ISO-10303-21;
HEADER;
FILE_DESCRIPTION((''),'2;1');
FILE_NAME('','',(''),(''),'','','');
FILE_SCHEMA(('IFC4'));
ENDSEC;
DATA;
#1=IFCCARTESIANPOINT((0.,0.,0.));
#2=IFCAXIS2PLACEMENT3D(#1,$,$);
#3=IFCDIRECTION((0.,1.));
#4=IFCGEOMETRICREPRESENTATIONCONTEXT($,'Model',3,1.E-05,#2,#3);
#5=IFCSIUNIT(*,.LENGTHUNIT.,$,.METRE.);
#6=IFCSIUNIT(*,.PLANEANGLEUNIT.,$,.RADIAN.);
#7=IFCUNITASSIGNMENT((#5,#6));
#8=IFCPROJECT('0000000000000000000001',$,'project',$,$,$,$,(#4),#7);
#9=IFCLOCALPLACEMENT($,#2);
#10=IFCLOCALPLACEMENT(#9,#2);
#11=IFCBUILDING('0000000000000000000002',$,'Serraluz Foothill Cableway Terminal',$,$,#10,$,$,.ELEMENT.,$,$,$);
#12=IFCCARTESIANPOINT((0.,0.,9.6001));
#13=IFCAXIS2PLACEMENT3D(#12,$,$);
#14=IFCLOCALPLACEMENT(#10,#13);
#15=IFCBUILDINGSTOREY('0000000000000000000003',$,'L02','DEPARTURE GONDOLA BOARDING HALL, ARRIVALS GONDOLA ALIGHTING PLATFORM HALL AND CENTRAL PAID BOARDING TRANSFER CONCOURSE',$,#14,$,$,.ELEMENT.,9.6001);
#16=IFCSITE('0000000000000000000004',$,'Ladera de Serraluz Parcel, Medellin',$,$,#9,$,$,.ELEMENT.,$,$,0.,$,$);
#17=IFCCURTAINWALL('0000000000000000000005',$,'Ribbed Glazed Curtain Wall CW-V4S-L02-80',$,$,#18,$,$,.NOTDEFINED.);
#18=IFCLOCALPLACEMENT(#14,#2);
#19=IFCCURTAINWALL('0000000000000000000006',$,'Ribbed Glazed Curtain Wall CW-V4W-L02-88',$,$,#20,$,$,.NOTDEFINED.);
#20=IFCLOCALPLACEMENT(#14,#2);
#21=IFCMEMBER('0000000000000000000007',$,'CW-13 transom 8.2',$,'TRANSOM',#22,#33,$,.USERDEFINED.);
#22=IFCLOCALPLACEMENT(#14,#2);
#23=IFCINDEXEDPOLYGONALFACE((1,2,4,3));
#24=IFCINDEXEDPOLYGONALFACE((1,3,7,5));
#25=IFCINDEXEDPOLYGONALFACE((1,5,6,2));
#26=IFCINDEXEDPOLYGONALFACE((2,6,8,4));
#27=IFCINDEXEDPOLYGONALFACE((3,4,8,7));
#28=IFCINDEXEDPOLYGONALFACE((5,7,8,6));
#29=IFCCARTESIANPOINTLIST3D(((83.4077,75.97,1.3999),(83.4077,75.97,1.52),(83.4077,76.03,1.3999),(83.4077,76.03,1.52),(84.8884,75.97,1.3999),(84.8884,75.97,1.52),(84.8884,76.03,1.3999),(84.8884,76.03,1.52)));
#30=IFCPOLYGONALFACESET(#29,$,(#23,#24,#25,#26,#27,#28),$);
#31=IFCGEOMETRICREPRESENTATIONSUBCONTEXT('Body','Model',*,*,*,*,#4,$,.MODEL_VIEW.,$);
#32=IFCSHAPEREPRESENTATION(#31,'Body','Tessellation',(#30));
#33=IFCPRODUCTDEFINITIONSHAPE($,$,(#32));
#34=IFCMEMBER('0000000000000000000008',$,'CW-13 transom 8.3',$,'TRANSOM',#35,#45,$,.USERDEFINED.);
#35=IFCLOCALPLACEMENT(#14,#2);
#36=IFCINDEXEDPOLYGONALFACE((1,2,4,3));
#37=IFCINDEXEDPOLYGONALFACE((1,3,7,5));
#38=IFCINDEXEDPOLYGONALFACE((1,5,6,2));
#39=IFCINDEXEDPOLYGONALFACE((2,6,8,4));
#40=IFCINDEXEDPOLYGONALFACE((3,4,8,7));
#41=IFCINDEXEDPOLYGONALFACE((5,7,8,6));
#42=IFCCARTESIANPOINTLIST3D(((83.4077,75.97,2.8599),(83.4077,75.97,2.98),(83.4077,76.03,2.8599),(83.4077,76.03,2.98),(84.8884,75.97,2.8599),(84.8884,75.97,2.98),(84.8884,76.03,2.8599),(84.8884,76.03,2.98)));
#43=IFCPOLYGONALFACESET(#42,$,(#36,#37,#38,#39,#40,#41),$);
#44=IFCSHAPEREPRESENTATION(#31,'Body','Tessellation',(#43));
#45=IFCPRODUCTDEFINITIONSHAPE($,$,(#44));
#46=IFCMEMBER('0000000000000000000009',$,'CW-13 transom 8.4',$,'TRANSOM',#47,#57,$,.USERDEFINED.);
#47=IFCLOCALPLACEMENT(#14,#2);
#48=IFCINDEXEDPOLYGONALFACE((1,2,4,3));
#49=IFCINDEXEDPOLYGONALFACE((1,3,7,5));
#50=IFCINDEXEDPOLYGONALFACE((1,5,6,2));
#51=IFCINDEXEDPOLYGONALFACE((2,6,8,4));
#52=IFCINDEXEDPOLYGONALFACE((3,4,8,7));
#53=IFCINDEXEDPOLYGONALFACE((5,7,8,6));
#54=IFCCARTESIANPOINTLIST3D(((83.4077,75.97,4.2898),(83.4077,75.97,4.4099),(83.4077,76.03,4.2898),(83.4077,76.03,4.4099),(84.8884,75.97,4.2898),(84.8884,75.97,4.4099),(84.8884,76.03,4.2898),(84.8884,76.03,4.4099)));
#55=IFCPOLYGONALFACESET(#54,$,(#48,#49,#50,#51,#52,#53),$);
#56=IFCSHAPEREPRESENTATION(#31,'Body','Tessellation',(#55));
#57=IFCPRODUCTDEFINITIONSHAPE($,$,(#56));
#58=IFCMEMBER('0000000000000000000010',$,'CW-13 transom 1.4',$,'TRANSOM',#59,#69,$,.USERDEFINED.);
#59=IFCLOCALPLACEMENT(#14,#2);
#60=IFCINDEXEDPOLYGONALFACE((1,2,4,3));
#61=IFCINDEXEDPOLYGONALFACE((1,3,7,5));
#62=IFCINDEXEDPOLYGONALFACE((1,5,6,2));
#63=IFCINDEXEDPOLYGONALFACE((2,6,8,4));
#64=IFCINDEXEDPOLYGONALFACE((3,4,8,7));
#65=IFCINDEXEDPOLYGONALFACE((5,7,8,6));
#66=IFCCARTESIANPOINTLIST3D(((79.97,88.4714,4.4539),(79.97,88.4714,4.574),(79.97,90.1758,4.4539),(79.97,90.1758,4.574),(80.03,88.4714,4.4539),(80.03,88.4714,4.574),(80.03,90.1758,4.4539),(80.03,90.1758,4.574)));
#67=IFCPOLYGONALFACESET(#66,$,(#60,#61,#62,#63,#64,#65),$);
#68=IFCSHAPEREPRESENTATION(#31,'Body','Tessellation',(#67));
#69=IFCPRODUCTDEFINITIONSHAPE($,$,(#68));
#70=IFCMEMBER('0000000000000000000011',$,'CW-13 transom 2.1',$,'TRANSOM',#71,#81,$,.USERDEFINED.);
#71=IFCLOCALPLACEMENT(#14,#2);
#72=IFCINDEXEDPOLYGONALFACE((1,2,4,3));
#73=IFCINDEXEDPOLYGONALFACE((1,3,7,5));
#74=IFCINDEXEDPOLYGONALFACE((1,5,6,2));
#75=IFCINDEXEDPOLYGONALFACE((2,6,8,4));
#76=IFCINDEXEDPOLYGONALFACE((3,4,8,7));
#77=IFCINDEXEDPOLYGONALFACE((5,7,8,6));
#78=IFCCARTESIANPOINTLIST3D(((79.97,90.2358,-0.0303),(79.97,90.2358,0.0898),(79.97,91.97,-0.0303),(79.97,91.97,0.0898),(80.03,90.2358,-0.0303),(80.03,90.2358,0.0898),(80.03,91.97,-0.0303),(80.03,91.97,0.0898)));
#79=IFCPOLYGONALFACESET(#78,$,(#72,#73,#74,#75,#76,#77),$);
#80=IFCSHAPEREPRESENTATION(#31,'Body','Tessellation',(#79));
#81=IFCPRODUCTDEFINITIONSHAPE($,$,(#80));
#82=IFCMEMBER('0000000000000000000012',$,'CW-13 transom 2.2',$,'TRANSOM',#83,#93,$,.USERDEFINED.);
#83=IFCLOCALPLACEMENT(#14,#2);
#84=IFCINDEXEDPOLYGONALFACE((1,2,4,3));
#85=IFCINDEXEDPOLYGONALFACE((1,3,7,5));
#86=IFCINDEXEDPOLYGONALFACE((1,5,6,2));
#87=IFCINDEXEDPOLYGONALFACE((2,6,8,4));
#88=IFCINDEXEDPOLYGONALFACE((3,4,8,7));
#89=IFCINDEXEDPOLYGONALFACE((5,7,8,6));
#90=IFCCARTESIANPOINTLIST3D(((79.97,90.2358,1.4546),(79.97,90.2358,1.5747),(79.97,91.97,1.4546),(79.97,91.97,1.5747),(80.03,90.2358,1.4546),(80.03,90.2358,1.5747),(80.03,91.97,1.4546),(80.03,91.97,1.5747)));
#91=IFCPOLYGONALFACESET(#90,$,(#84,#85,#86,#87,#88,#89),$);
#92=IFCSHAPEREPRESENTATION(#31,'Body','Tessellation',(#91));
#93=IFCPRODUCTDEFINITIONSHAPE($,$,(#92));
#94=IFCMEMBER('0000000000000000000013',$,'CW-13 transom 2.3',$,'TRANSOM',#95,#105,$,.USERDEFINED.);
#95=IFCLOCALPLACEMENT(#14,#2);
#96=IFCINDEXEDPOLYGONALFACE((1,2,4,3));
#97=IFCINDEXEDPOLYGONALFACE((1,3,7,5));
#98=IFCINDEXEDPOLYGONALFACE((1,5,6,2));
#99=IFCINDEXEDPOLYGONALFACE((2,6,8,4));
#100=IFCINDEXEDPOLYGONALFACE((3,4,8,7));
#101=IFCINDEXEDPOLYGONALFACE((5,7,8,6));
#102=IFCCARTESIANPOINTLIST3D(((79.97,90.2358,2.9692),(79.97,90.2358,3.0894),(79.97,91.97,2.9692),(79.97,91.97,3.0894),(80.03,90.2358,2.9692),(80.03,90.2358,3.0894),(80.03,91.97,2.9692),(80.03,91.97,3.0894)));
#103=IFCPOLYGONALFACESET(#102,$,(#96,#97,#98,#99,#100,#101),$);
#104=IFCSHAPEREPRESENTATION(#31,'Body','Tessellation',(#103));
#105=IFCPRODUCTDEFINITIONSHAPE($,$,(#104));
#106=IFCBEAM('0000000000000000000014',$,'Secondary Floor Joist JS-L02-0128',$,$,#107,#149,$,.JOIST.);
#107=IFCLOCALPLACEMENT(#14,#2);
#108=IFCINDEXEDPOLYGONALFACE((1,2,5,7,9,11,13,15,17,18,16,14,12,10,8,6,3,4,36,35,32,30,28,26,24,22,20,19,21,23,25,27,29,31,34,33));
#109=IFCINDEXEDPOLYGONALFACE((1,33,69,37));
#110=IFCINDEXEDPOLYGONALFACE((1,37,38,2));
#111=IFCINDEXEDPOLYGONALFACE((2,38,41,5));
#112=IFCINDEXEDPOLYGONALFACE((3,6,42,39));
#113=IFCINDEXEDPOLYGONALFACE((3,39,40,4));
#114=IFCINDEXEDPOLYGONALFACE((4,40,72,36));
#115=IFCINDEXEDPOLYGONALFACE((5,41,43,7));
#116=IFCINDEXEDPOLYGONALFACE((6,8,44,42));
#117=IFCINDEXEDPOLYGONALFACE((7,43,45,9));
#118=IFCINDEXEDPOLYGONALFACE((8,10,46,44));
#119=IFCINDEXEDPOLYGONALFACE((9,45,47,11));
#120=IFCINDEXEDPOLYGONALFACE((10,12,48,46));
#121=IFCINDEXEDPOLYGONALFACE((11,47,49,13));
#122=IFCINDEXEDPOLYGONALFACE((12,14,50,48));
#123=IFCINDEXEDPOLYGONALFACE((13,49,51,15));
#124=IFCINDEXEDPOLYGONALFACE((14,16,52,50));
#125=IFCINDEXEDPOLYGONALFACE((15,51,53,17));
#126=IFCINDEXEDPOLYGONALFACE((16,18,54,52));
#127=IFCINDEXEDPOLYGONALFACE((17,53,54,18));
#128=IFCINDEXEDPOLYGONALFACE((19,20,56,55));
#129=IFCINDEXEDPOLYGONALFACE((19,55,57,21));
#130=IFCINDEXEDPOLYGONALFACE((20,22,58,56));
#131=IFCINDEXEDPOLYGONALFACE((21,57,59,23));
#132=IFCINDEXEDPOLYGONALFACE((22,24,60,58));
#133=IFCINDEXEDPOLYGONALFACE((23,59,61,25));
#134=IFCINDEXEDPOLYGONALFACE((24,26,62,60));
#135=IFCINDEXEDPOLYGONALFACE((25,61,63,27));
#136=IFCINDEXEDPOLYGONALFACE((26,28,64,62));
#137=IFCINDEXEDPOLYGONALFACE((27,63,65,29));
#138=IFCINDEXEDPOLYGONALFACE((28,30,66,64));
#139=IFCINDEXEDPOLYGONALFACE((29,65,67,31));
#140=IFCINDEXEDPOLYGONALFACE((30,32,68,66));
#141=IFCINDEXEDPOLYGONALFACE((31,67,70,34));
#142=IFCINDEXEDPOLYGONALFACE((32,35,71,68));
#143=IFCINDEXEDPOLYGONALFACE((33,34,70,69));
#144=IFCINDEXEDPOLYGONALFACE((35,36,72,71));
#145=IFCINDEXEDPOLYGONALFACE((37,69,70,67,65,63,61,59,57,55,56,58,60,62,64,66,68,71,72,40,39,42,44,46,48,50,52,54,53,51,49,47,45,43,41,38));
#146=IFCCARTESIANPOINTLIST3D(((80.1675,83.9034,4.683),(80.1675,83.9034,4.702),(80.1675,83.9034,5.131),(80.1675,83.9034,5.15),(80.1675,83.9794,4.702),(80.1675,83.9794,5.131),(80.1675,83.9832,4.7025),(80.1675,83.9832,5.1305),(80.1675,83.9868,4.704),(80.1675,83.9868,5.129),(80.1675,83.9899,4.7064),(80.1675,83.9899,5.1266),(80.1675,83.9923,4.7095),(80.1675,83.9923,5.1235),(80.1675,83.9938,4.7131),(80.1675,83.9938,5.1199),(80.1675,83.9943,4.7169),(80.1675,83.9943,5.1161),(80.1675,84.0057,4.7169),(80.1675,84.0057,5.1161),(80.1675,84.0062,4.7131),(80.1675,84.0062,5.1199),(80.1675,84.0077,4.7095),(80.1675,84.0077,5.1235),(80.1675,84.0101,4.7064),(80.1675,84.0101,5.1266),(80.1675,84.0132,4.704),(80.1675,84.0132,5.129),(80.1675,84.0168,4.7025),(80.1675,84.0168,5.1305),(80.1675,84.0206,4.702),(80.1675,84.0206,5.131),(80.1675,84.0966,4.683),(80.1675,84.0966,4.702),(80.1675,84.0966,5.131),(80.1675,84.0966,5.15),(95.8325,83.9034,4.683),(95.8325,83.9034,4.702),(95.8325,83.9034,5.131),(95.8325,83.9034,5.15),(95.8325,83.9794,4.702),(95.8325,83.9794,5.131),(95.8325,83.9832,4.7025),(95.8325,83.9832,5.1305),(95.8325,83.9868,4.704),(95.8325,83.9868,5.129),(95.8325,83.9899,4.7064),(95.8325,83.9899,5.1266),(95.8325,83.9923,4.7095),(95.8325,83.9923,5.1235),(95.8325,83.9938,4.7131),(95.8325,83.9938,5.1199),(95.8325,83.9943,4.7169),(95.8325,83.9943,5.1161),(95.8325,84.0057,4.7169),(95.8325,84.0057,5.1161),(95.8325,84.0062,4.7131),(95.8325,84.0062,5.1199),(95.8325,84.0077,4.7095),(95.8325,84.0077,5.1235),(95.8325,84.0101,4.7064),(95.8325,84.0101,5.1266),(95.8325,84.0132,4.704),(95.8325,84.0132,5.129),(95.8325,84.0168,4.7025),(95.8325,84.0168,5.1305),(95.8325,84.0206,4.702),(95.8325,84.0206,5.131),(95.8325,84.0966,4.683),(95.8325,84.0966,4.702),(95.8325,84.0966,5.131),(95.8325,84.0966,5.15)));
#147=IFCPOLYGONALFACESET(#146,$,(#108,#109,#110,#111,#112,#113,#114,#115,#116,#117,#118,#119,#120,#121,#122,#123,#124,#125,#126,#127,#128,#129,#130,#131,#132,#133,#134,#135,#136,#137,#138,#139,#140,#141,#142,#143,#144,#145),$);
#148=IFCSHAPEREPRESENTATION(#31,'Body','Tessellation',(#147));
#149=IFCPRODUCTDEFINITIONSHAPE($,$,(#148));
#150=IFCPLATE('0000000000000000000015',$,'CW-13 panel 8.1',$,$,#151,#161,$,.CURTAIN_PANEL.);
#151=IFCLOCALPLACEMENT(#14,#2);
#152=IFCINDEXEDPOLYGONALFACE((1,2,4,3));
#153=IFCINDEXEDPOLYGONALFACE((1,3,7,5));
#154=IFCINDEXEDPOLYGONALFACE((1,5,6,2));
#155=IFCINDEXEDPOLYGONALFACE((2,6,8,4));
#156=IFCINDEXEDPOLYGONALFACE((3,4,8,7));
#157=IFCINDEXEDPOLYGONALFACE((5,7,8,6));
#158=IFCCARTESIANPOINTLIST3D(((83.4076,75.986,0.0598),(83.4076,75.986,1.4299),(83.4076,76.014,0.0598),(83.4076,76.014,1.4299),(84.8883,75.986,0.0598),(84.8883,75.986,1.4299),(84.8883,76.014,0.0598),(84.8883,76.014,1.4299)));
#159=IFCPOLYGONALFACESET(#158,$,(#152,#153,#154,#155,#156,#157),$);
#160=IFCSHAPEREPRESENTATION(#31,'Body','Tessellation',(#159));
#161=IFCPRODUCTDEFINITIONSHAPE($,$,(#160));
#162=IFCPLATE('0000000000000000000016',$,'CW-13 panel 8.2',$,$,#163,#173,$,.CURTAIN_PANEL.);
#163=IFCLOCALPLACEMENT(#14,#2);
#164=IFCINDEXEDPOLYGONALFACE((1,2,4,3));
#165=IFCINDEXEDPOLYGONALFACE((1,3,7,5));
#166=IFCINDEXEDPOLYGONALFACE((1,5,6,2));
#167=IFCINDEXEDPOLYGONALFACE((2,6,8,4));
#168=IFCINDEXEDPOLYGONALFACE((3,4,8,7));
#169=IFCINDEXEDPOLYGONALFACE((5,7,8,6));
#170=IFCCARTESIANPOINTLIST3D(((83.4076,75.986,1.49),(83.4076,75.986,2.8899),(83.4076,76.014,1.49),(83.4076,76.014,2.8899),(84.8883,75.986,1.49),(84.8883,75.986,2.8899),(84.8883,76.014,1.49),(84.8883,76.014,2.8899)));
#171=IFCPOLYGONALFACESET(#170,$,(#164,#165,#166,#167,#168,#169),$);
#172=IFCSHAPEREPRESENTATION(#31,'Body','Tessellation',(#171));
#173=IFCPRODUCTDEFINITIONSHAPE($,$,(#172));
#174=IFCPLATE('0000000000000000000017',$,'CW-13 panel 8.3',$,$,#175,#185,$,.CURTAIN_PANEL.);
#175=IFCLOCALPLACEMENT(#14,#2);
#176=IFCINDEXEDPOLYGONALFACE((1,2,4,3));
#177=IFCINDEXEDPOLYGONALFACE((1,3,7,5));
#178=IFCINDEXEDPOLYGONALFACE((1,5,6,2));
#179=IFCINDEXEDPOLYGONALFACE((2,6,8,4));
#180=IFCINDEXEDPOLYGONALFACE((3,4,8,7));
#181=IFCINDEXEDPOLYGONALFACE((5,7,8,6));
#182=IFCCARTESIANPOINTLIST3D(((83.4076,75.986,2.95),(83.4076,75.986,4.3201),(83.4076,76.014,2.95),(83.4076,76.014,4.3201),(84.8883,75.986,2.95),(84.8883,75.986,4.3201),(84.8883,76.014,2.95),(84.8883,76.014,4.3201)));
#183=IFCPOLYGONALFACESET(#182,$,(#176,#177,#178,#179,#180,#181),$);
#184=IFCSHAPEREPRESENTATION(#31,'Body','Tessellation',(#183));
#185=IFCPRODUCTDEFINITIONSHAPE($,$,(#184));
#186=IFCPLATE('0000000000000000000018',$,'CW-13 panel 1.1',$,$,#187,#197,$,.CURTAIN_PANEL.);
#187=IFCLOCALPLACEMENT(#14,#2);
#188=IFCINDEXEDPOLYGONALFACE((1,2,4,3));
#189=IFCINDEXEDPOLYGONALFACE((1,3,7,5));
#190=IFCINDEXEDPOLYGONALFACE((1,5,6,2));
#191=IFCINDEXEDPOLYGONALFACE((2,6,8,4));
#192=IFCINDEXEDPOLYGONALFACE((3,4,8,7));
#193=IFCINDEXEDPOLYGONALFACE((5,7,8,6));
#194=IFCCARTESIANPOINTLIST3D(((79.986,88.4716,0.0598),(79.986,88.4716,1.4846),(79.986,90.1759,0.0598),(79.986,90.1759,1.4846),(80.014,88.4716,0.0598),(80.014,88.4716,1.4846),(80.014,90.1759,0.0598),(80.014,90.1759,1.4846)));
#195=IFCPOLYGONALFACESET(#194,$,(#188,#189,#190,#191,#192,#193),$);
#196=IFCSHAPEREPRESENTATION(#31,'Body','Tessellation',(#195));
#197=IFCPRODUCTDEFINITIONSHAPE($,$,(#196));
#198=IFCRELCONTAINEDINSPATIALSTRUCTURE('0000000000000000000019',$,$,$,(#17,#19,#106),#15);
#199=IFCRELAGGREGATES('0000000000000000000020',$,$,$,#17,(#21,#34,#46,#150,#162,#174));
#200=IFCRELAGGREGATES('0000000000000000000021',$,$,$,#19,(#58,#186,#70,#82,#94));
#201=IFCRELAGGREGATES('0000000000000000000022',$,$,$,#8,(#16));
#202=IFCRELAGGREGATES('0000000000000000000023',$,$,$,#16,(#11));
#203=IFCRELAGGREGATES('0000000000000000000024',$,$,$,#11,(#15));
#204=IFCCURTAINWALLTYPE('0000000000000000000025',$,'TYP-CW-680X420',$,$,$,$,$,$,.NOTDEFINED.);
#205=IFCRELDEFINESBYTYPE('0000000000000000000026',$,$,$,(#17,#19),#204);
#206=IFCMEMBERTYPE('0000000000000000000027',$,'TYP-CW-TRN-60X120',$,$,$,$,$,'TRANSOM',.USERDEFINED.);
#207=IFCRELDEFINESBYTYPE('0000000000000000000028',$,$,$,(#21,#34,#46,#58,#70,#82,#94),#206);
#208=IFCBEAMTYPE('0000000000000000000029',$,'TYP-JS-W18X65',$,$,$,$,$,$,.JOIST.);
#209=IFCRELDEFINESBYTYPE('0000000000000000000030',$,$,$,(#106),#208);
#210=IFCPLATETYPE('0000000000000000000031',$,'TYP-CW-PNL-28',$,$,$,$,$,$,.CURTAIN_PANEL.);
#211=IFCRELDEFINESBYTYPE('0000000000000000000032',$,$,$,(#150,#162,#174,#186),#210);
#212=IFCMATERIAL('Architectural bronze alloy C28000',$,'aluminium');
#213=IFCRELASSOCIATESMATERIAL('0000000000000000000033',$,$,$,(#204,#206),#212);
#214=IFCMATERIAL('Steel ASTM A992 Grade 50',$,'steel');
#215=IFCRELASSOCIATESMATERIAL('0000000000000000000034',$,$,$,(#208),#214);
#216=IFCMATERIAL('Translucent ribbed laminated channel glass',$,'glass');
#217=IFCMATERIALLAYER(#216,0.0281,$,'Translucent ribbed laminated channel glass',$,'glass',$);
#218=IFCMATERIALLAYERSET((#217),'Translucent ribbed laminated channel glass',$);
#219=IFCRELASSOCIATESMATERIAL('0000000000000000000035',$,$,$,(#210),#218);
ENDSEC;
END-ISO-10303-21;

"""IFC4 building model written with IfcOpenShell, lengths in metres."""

from ifc_helpers import new_model, si_unit, direction, frame, origin, origin_2d, place, context, subcontext, project, spatial, rectangle, i_section, extrude, material, layer, layer_set, material_profile, profile_set, type_object, element, aggregate, save


model = new_model("IFC4")

# Units and contexts
model_context = context("Model", 3, precision=1e-05, world=origin(), true_north=direction((0.0, 1.0)))
body_context = subcontext(model_context, "Body", "Model", "MODEL_VIEW")
ifc_project = project(units=[si_unit("LENGTHUNIT", "METRE"), si_unit("PLANEANGLEUNIT", "RADIAN")], contexts=[model_context])

# Site, building, storey
site_placement = place(None, origin())
site = spatial("IfcSite", under=ifc_project, at=site_placement, Name="Ladera de Serraluz Parcel, Medellin", CompositionType="ELEMENT", RefElevation=0.0)
building_placement = place(site_placement, origin())
building = spatial("IfcBuilding", under=site, at=building_placement, Name="Serraluz Foothill Cableway Terminal", CompositionType="ELEMENT")
storey_placement = place(building_placement, frame((0.0, 0.0, 9.6001)))
storey = spatial("IfcBuildingStorey", under=building, at=storey_placement, Name="L02", Description="DEPARTURE GONDOLA BOARDING HALL, ARRIVALS GONDOLA ALIGHTING PLATFORM HALL AND CENTRAL PAID BOARDING TRANSFER CONCOURSE", CompositionType="ELEMENT", Elevation=9.6001)

# Shared definitions
ifc_material_1 = material(Name="Steel ASTM A992 Grade 50", Category="steel")

# Curtain walls
ifc_material_2 = material(Name="Architectural bronze alloy C28000", Category="aluminium")
curtain_wall_type = type_object("IfcCurtainWallType", Name="TYP-CW-680X420", PredefinedType="NOTDEFINED", material=ifc_material_2)
curtain_wall_1_placement = place(storey_placement, origin())
curtain_wall_1 = element("IfcCurtainWall", 1, at=curtain_wall_1_placement, inside=storey, type_object=curtain_wall_type, Name="Ribbed Glazed Curtain Wall CW-V4S-L02-80", PredefinedType="NOTDEFINED")
curtain_wall_2_placement = place(storey_placement, origin())
curtain_wall_2 = element("IfcCurtainWall", 2, at=curtain_wall_2_placement, inside=storey, type_object=curtain_wall_type, Name="Ribbed Glazed Curtain Wall CW-V4W-L02-88", PredefinedType="NOTDEFINED")

# Members
ifc_material_profile_1 = material_profile(ifc_material_2, rectangle(XDim=0.0601, YDim=0.1201, at=origin_2d()), Name="ALU TRANSOM 60x120")
ifc_profile_set_1 = profile_set([ifc_material_profile_1], Name="Architectural bronze alloy C28000")
member_type_1 = type_object("IfcMemberType", Name="TYP-CW-TRN-60X120", ElementType="TRANSOM", PredefinedType="USERDEFINED", material=ifc_profile_set_1)
member_1_placement = place(storey_placement, frame((84.8884, 76.0, 1.46), z_axis=(-1.0, 0.0, 0.0), x_axis=(0.0, -1.0, 0.0)))
member_1 = element("IfcMember", 3, at=member_1_placement, type_object=member_type_1, Name="CW-13 transom 8.2", ObjectType="TRANSOM", PredefinedType="USERDEFINED", context=body_context, shape_type="SweptSolid", body=[
    extrude(rectangle(XDim=0.0601, YDim=0.1201, at=origin_2d()), origin(), (0.0, 0.0, 1.0), 1.4807),
])
member_2_placement = place(storey_placement, frame((84.8884, 76.0, 2.9199), z_axis=(-1.0, 0.0, 0.0), x_axis=(0.0, -1.0, 0.0)))
member_2 = element("IfcMember", 4, at=member_2_placement, type_object=member_type_1, Name="CW-13 transom 8.3", ObjectType="TRANSOM", PredefinedType="USERDEFINED", context=body_context, shape_type="SweptSolid", body=[
    extrude(rectangle(XDim=0.0601, YDim=0.1201, at=origin_2d()), origin(), (0.0, 0.0, 1.0), 1.4807),
])
member_3_placement = place(storey_placement, frame((84.8884, 76.0, 4.3499), z_axis=(-1.0, 0.0, 0.0), x_axis=(0.0, -1.0, 0.0)))
member_3 = element("IfcMember", 5, at=member_3_placement, type_object=member_type_1, Name="CW-13 transom 8.4", ObjectType="TRANSOM", PredefinedType="USERDEFINED", context=body_context, shape_type="SweptSolid", body=[
    extrude(rectangle(XDim=0.0601, YDim=0.1201, at=origin_2d()), origin(), (0.0, 0.0, 1.0), 1.4807),
])
member_4_placement = place(storey_placement, frame((80.0, 88.4714, 4.5139), z_axis=(0.0, 1.0, 0.0), x_axis=(-1.0, 0.0, 0.0)))
member_4 = element("IfcMember", 6, at=member_4_placement, type_object=member_type_1, Name="CW-13 transom 1.4", ObjectType="TRANSOM", PredefinedType="USERDEFINED", context=body_context, shape_type="SweptSolid", body=[
    extrude(rectangle(XDim=0.0601, YDim=0.1201, at=origin_2d()), origin(), (0.0, 0.0, 1.0), 1.7043),
])
member_5_placement = place(storey_placement, frame((80.0, 90.2358, 0.0298), z_axis=(0.0, 1.0, 0.0), x_axis=(-1.0, 0.0, 0.0)))
member_5 = element("IfcMember", 7, at=member_5_placement, type_object=member_type_1, Name="CW-13 transom 2.1", ObjectType="TRANSOM", PredefinedType="USERDEFINED", context=body_context, shape_type="SweptSolid", body=[
    extrude(rectangle(XDim=0.0601, YDim=0.1201, at=origin_2d()), origin(), (0.0, 0.0, 1.0), 1.7341),
])
member_6_placement = place(storey_placement, frame((80.0, 90.2358, 1.5146), z_axis=(0.0, 1.0, 0.0), x_axis=(-1.0, 0.0, 0.0)))
member_6 = element("IfcMember", 8, at=member_6_placement, type_object=member_type_1, Name="CW-13 transom 2.2", ObjectType="TRANSOM", PredefinedType="USERDEFINED", context=body_context, shape_type="SweptSolid", body=[
    extrude(rectangle(XDim=0.0601, YDim=0.1201, at=origin_2d()), origin(), (0.0, 0.0, 1.0), 1.7341),
])
member_7_placement = place(storey_placement, frame((80.0, 90.2358, 3.0293), z_axis=(0.0, 1.0, 0.0), x_axis=(-1.0, 0.0, 0.0)))
member_7 = element("IfcMember", 9, at=member_7_placement, type_object=member_type_1, Name="CW-13 transom 2.3", ObjectType="TRANSOM", PredefinedType="USERDEFINED", context=body_context, shape_type="SweptSolid", body=[
    extrude(rectangle(XDim=0.0601, YDim=0.1201, at=origin_2d()), origin(), (0.0, 0.0, 1.0), 1.7341),
])

# Beam
ifc_material_profile_2 = material_profile(ifc_material_1, i_section(OverallWidth=0.1931, OverallDepth=0.467, WebThickness=0.0115, FlangeThickness=0.019, FilletRadius=0.0149, at=origin_2d()), Name="W18X65")
ifc_profile_set_2 = profile_set([ifc_material_profile_2], Name="Steel ASTM A992 Grade 50")
beam_type_1 = type_object("IfcBeamType", Name="TYP-JS-W18X65", PredefinedType="JOIST", material=ifc_profile_set_2)
beam_1_placement = place(storey_placement, frame((80.1675, 84.0, 4.9165), z_axis=(1.0, 0.0, 0.0), x_axis=(0.0, 1.0, 0.0)))
element("IfcBeam", 10, at=beam_1_placement, inside=storey, type_object=beam_type_1, Name="Secondary Floor Joist JS-L02-0128", PredefinedType="JOIST", context=body_context, shape_type="SweptSolid", body=[
    extrude(i_section(OverallWidth=0.1931, OverallDepth=0.467, WebThickness=0.0115, FlangeThickness=0.019, FilletRadius=0.0149, at=origin_2d()), origin(), (0.0, 0.0, 1.0), 15.665),
])

# Plates
ifc_material_3 = material(Name="Translucent ribbed laminated channel glass", Category="glass")
ifc_layer_1 = layer(ifc_material_3, 0.0281, Name="Translucent ribbed laminated channel glass", Category="glass")
ifc_layer_set_1 = layer_set([ifc_layer_1], Name="Translucent ribbed laminated channel glass")
plate_type = type_object("IfcPlateType", Name="TYP-CW-PNL-28", PredefinedType="CURTAIN_PANEL", material=ifc_layer_set_1)
plate_1_placement = place(storey_placement, frame((84.1479, 76.0, 0.0598), z_axis=(0.0, 0.0, 1.0), x_axis=(-1.0, 0.0, 0.0)))
plate_1 = element("IfcPlate", 11, at=plate_1_placement, type_object=plate_type, Name="CW-13 panel 8.1", PredefinedType="CURTAIN_PANEL", context=body_context, shape_type="SweptSolid", body=[
    extrude(rectangle(XDim=1.4807, YDim=0.0281, at=origin_2d()), origin(), (0.0, 0.0, 1.0), 1.3701),
])
plate_2_placement = place(storey_placement, frame((84.1479, 76.0, 1.49), z_axis=(0.0, 0.0, 1.0), x_axis=(-1.0, 0.0, 0.0)))
plate_2 = element("IfcPlate", 12, at=plate_2_placement, type_object=plate_type, Name="CW-13 panel 8.2", PredefinedType="CURTAIN_PANEL", context=body_context, shape_type="SweptSolid", body=[
    extrude(rectangle(XDim=1.4807, YDim=0.0281, at=origin_2d()), origin(), (0.0, 0.0, 1.0), 1.3999),
])
plate_3_placement = place(storey_placement, frame((84.1479, 76.0, 2.95), z_axis=(0.0, 0.0, 1.0), x_axis=(-1.0, 0.0, 0.0)))
plate_3 = element("IfcPlate", 13, at=plate_3_placement, type_object=plate_type, Name="CW-13 panel 8.3", PredefinedType="CURTAIN_PANEL", context=body_context, shape_type="SweptSolid", body=[
    extrude(rectangle(XDim=1.4807, YDim=0.0281, at=origin_2d()), origin(), (0.0, 0.0, 1.0), 1.3701),
])
aggregate(curtain_wall_1, [member_1, member_2, member_3, plate_1, plate_2, plate_3])
plate_4_placement = place(storey_placement, frame((80.0, 89.3237, 0.0598), z_axis=(0.0, 0.0, 1.0), x_axis=(0.0, 1.0, 0.0)))
plate_4 = element("IfcPlate", 14, at=plate_4_placement, type_object=plate_type, Name="CW-13 panel 1.1", PredefinedType="CURTAIN_PANEL", context=body_context, shape_type="SweptSolid", body=[
    extrude(rectangle(XDim=1.7043, YDim=0.0281, at=origin_2d()), origin(), (0.0, 0.0, 1.0), 1.4248),
])
aggregate(curtain_wall_2, [member_4, plate_4, member_5, member_6, member_7])

save(model, "model.ifc")
